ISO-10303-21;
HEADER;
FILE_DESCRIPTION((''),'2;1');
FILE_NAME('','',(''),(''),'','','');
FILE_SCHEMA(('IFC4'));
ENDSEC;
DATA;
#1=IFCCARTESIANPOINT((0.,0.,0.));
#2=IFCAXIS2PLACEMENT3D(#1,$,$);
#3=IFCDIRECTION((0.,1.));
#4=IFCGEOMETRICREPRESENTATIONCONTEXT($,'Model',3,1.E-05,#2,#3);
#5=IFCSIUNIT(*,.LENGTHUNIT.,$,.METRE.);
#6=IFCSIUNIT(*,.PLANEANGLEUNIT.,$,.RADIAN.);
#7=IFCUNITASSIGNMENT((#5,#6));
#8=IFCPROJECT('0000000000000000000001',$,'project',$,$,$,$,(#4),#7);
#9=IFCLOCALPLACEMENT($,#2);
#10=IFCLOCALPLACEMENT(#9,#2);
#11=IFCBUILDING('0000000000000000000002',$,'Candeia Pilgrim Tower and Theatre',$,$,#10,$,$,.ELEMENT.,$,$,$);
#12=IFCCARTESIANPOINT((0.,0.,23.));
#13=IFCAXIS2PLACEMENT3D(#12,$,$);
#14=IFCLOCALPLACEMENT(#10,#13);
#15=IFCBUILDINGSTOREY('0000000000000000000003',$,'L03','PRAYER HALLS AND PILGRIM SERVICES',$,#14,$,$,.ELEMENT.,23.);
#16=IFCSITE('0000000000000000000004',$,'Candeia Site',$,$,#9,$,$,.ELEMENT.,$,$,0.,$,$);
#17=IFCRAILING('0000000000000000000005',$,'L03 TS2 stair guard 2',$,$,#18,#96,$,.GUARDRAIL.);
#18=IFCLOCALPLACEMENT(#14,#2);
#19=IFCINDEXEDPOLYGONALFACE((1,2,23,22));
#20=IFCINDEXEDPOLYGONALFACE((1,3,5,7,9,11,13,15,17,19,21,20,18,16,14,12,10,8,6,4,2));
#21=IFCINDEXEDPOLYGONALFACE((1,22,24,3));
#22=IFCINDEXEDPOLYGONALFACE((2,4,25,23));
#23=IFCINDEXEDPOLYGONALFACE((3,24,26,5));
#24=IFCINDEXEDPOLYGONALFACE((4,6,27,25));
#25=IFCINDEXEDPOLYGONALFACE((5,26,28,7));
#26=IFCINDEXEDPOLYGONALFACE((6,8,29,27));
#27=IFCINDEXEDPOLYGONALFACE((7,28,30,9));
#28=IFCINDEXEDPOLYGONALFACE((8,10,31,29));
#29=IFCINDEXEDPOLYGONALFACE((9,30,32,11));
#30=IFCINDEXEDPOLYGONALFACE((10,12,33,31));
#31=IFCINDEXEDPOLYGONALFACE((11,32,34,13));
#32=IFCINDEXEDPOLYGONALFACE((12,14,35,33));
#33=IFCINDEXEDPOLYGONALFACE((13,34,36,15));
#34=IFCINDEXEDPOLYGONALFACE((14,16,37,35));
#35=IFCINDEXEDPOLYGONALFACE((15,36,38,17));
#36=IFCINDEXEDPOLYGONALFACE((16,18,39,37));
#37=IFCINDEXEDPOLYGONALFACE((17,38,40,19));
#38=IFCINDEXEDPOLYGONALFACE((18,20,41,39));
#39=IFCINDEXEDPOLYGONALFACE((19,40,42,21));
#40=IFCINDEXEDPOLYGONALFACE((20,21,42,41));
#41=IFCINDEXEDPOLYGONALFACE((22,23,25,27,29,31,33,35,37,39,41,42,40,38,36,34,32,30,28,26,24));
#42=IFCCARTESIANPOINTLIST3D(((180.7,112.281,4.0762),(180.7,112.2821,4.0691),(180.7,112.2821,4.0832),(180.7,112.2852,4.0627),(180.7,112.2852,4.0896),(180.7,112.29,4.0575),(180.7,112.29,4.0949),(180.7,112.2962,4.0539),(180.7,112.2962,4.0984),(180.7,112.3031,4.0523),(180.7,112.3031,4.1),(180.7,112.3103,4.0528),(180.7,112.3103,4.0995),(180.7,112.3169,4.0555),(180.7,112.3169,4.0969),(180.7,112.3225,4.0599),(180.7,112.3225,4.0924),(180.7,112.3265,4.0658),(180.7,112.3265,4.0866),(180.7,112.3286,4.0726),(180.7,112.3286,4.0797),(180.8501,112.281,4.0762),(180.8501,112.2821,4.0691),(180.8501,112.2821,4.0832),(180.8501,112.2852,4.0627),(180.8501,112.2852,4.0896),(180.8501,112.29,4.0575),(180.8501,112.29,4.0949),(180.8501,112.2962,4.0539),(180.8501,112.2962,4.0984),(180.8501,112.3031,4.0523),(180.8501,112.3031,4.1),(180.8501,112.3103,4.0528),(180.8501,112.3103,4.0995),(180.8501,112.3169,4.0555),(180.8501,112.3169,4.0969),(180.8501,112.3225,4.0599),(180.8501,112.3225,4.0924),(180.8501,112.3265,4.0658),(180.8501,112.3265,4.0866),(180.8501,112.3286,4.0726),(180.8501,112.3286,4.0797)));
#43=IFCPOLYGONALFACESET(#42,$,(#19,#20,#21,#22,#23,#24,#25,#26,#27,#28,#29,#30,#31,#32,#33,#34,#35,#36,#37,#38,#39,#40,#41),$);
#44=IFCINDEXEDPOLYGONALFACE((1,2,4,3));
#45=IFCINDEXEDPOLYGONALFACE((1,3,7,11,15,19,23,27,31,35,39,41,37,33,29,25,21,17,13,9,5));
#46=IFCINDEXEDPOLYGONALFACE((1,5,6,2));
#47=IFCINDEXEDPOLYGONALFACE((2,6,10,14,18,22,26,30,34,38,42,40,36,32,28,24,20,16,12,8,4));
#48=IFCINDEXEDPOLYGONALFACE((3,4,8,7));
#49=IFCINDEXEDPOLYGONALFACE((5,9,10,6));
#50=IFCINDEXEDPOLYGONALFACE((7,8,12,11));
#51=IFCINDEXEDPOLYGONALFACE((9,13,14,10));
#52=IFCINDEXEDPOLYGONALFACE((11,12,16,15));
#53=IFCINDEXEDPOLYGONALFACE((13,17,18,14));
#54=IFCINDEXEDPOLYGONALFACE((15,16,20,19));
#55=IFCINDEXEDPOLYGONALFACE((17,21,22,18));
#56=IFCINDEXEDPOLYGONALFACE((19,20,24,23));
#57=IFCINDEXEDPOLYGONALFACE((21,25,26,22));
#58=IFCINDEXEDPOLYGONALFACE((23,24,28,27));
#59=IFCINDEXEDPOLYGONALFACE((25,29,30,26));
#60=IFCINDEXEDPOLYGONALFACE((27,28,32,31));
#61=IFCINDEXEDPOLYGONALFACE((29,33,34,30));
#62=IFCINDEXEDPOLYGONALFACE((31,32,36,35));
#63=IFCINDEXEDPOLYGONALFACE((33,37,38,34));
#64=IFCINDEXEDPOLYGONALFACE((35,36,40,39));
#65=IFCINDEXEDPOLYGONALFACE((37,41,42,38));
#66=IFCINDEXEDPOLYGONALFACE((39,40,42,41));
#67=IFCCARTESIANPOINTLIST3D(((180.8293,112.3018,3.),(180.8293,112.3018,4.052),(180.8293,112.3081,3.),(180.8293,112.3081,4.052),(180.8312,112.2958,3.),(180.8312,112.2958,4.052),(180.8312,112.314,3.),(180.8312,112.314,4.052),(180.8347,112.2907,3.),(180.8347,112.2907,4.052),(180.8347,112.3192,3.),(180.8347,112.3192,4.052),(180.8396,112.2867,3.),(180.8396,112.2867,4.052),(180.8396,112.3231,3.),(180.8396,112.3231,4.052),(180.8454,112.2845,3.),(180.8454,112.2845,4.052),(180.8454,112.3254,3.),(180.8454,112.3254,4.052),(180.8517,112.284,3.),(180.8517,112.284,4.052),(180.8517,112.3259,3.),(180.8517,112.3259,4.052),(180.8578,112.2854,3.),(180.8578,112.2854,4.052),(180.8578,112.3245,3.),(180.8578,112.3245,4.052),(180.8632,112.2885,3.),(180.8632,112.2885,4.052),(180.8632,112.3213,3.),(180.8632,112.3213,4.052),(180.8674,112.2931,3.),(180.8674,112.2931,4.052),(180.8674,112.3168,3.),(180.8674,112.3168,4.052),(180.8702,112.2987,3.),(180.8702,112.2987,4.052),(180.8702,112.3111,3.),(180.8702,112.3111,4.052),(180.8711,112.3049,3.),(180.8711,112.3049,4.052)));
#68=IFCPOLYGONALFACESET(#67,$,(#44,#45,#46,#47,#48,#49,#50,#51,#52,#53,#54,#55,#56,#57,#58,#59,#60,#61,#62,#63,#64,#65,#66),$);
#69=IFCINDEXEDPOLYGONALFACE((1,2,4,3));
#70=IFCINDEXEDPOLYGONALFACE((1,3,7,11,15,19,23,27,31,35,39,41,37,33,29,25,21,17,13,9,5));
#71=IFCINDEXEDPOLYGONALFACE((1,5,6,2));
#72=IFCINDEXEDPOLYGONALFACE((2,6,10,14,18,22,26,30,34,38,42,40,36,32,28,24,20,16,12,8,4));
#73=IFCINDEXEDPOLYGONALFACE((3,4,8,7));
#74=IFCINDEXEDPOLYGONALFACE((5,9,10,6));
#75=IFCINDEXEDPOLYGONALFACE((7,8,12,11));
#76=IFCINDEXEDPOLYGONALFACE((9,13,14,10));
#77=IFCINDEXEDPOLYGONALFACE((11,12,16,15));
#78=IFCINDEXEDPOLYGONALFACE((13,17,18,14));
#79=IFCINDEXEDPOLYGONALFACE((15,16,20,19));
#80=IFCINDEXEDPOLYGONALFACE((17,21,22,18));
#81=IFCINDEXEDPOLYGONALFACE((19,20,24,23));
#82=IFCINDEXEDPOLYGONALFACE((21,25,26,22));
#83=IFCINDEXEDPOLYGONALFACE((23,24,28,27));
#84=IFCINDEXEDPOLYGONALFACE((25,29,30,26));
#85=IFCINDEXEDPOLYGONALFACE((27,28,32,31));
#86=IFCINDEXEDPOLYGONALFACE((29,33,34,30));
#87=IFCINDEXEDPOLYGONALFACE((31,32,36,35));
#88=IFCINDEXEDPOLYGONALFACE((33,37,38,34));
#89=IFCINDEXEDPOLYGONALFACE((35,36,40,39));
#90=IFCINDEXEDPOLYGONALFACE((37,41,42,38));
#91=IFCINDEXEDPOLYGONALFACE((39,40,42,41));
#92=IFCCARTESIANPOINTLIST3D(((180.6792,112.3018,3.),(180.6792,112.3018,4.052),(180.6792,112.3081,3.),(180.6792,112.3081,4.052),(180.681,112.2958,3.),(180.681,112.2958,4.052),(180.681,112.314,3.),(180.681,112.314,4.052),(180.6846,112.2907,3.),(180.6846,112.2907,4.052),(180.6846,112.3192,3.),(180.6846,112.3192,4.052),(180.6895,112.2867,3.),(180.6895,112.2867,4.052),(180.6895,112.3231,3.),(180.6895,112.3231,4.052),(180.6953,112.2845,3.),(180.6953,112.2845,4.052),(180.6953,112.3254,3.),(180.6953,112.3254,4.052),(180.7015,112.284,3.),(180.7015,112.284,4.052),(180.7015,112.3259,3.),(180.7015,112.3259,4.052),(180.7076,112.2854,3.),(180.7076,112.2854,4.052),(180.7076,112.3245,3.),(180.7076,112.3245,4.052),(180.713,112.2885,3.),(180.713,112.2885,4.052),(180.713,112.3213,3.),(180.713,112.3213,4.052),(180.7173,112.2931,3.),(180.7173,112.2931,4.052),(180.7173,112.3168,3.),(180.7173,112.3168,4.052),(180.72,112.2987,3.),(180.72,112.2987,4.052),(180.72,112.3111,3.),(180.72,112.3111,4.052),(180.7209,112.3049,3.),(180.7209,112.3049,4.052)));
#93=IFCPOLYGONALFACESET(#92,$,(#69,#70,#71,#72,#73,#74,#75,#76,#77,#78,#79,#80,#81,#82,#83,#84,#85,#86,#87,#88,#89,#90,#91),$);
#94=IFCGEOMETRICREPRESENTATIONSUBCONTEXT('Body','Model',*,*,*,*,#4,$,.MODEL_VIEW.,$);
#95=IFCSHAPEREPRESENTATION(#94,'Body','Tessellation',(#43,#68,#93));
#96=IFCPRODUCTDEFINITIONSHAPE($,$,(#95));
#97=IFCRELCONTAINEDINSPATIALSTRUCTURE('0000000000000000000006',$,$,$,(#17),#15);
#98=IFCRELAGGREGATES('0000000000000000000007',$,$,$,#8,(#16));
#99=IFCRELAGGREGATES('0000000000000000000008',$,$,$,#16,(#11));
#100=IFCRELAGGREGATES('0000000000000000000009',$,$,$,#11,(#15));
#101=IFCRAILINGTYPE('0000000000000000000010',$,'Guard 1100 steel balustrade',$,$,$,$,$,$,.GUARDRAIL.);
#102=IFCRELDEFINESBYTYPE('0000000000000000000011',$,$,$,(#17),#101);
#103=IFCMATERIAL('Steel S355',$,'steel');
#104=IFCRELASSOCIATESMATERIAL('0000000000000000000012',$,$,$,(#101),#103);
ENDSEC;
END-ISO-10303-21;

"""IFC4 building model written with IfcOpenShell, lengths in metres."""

from ifc_helpers import new_model, si_unit, direction, frame, origin, origin_2d, place, context, subcontext, project, spatial, circle, extrude, material, type_object, element, save


model = new_model("IFC4")

# Units and contexts
model_context = context("Model", 3, precision=1e-05, world=origin(), true_north=direction((0.0, 1.0)))
body_context = subcontext(model_context, "Body", "Model", "MODEL_VIEW")
ifc_project = project(units=[si_unit("LENGTHUNIT", "METRE"), si_unit("PLANEANGLEUNIT", "RADIAN")], contexts=[model_context])

# Site, building, storey
site_placement = place(None, origin())
site = spatial("IfcSite", under=ifc_project, at=site_placement, Name="Candeia Site", CompositionType="ELEMENT", RefElevation=0.0)
building_placement = place(site_placement, origin())
building = spatial("IfcBuilding", under=site, at=building_placement, Name="Candeia Pilgrim Tower and Theatre", CompositionType="ELEMENT")
storey_placement = place(building_placement, frame((0.0, 0.0, 23.0)))
storey = spatial("IfcBuildingStorey", under=building, at=storey_placement, Name="L03", Description="PRAYER HALLS AND PILGRIM SERVICES", CompositionType="ELEMENT", Elevation=23.0)

# Railing
ifc_material_1 = material(Name="Steel S355", Category="steel")
railing_type_1 = type_object("IfcRailingType", Name="Guard 1100 steel balustrade", PredefinedType="GUARDRAIL", material=ifc_material_1)
railing_1_placement = place(storey_placement, frame((180.8501, 112.3049, 3.0)))
element("IfcRailing", 1, at=railing_1_placement, inside=storey, type_object=railing_type_1, Name="L03 TS2 stair guard 2", PredefinedType="GUARDRAIL", context=body_context, shape_type="SweptSolid", body=[
    extrude(circle(Radius=0.0239, at=origin_2d()), frame((0.0, 0.0, 1.0762), z_axis=(-1.0, 0.0, 0.0), x_axis=(0.0, -1.0, 0.0)), (0.0, 0.0, 1.0), 0.1501),
    extrude(circle(Radius=0.021, at=origin_2d()), origin(), (0.0, 0.0, 1.0), 1.052),
    extrude(circle(Radius=0.021, at=origin_2d()), frame((-0.1501, 0.0, 0.0)), (0.0, 0.0, 1.0), 1.052),
])

save(model, "model.ifc")
